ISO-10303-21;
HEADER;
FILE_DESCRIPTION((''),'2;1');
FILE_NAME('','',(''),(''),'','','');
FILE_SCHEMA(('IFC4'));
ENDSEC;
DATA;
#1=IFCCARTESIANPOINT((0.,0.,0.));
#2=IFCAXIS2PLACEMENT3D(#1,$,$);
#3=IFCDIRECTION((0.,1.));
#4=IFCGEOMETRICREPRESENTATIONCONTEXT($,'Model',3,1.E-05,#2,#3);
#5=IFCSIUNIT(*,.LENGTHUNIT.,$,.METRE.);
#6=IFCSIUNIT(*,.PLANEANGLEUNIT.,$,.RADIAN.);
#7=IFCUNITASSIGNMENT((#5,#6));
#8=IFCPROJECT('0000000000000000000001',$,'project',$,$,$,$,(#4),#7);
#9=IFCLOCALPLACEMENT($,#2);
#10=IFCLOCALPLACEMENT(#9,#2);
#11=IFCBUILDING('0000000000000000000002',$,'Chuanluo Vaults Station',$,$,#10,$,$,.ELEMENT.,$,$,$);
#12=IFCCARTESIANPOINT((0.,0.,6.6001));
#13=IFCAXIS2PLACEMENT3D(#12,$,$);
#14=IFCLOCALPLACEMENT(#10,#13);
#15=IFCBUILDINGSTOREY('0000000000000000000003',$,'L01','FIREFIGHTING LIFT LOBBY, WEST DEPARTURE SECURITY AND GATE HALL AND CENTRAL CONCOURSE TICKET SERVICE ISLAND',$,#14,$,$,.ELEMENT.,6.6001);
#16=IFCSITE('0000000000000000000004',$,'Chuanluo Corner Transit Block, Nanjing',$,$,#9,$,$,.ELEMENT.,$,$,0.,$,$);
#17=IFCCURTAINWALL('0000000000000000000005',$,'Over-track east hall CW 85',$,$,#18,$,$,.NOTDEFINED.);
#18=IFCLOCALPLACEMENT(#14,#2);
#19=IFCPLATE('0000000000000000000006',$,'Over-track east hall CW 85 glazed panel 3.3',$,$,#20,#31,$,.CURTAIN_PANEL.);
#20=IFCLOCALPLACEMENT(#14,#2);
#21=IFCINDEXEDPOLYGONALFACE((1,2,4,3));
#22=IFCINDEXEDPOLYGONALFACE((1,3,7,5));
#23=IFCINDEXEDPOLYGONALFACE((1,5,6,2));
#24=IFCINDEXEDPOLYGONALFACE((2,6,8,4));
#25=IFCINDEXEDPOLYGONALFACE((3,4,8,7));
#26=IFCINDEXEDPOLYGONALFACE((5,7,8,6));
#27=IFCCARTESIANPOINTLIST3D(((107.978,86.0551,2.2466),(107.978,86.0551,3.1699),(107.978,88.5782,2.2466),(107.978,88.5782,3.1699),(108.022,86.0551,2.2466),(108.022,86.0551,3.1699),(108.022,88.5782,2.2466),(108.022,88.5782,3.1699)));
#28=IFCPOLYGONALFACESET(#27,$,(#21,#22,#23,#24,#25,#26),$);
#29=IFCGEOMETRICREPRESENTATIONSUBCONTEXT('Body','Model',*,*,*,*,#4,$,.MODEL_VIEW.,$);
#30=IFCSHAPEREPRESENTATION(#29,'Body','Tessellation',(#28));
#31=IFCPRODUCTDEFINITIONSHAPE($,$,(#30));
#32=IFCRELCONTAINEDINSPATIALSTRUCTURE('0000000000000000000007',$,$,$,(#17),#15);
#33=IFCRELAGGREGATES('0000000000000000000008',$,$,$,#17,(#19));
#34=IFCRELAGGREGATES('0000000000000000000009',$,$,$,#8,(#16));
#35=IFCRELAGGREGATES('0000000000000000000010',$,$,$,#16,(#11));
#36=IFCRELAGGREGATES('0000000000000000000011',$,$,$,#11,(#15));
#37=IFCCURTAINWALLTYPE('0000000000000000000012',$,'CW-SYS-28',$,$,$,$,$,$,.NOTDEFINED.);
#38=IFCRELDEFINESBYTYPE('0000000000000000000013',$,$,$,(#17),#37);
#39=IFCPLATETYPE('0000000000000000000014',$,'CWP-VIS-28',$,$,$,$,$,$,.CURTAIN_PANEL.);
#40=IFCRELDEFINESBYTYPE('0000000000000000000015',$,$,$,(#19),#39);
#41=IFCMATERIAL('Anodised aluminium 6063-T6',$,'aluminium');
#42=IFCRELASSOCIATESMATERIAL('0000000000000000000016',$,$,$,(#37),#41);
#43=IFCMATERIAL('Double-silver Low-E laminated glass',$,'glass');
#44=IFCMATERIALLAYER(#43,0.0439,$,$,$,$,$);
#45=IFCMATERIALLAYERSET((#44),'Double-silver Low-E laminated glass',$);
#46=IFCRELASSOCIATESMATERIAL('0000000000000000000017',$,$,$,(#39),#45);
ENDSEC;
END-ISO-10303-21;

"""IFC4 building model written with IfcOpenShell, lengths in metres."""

from ifc_helpers import new_model, si_unit, direction, frame, origin, origin_2d, place, context, subcontext, project, spatial, rectangle, extrude, material, layer, layer_set, type_object, element, aggregate, save


model = new_model("IFC4")

# Units and contexts
model_context = context("Model", 3, precision=1e-05, world=origin(), true_north=direction((0.0, 1.0)))
body_context = subcontext(model_context, "Body", "Model", "MODEL_VIEW")
ifc_project = project(units=[si_unit("LENGTHUNIT", "METRE"), si_unit("PLANEANGLEUNIT", "RADIAN")], contexts=[model_context])

# Site, building, storey
site_placement = place(None, origin())
site = spatial("IfcSite", under=ifc_project, at=site_placement, Name="Chuanluo Corner Transit Block, Nanjing", CompositionType="ELEMENT", RefElevation=0.0)
building_placement = place(site_placement, origin())
building = spatial("IfcBuilding", under=site, at=building_placement, Name="Chuanluo Vaults Station", CompositionType="ELEMENT")
storey_placement = place(building_placement, frame((0.0, 0.0, 6.6001)))
storey = spatial("IfcBuildingStorey", under=building, at=storey_placement, Name="L01", Description="FIREFIGHTING LIFT LOBBY, WEST DEPARTURE SECURITY AND GATE HALL AND CENTRAL CONCOURSE TICKET SERVICE ISLAND", CompositionType="ELEMENT", Elevation=6.6001)

# Curtain wall, plate
ifc_material_1 = material(Name="Anodised aluminium 6063-T6", Category="aluminium")
curtain_wall_type = type_object("IfcCurtainWallType", Name="CW-SYS-28", PredefinedType="NOTDEFINED", material=ifc_material_1)
curtain_wall_placement = place(storey_placement, origin())
curtain_wall = element("IfcCurtainWall", 1, at=curtain_wall_placement, inside=storey, type_object=curtain_wall_type, Name="Over-track east hall CW 85", PredefinedType="NOTDEFINED")
ifc_material_2 = material(Name="Double-silver Low-E laminated glass", Category="glass")
ifc_layer_1 = layer(ifc_material_2, 0.0439)
ifc_layer_set_1 = layer_set([ifc_layer_1], Name="Double-silver Low-E laminated glass")
plate_type_1 = type_object("IfcPlateType", Name="CWP-VIS-28", PredefinedType="CURTAIN_PANEL", material=ifc_layer_set_1)
plate_1_placement = place(storey_placement, frame((108.0, 87.3167, 2.2466), z_axis=(0.0, 0.0, 1.0), x_axis=(0.0, -1.0, 0.0)))
plate_1 = element("IfcPlate", 2, at=plate_1_placement, type_object=plate_type_1, Name="Over-track east hall CW 85 glazed panel 3.3", PredefinedType="CURTAIN_PANEL", context=body_context, shape_type="SweptSolid", body=[
    extrude(rectangle(XDim=2.5232, YDim=0.0439, at=origin_2d()), origin(), (0.0, 0.0, 1.0), 0.9233),
])
aggregate(curtain_wall, [plate_1])

save(model, "model.ifc")
